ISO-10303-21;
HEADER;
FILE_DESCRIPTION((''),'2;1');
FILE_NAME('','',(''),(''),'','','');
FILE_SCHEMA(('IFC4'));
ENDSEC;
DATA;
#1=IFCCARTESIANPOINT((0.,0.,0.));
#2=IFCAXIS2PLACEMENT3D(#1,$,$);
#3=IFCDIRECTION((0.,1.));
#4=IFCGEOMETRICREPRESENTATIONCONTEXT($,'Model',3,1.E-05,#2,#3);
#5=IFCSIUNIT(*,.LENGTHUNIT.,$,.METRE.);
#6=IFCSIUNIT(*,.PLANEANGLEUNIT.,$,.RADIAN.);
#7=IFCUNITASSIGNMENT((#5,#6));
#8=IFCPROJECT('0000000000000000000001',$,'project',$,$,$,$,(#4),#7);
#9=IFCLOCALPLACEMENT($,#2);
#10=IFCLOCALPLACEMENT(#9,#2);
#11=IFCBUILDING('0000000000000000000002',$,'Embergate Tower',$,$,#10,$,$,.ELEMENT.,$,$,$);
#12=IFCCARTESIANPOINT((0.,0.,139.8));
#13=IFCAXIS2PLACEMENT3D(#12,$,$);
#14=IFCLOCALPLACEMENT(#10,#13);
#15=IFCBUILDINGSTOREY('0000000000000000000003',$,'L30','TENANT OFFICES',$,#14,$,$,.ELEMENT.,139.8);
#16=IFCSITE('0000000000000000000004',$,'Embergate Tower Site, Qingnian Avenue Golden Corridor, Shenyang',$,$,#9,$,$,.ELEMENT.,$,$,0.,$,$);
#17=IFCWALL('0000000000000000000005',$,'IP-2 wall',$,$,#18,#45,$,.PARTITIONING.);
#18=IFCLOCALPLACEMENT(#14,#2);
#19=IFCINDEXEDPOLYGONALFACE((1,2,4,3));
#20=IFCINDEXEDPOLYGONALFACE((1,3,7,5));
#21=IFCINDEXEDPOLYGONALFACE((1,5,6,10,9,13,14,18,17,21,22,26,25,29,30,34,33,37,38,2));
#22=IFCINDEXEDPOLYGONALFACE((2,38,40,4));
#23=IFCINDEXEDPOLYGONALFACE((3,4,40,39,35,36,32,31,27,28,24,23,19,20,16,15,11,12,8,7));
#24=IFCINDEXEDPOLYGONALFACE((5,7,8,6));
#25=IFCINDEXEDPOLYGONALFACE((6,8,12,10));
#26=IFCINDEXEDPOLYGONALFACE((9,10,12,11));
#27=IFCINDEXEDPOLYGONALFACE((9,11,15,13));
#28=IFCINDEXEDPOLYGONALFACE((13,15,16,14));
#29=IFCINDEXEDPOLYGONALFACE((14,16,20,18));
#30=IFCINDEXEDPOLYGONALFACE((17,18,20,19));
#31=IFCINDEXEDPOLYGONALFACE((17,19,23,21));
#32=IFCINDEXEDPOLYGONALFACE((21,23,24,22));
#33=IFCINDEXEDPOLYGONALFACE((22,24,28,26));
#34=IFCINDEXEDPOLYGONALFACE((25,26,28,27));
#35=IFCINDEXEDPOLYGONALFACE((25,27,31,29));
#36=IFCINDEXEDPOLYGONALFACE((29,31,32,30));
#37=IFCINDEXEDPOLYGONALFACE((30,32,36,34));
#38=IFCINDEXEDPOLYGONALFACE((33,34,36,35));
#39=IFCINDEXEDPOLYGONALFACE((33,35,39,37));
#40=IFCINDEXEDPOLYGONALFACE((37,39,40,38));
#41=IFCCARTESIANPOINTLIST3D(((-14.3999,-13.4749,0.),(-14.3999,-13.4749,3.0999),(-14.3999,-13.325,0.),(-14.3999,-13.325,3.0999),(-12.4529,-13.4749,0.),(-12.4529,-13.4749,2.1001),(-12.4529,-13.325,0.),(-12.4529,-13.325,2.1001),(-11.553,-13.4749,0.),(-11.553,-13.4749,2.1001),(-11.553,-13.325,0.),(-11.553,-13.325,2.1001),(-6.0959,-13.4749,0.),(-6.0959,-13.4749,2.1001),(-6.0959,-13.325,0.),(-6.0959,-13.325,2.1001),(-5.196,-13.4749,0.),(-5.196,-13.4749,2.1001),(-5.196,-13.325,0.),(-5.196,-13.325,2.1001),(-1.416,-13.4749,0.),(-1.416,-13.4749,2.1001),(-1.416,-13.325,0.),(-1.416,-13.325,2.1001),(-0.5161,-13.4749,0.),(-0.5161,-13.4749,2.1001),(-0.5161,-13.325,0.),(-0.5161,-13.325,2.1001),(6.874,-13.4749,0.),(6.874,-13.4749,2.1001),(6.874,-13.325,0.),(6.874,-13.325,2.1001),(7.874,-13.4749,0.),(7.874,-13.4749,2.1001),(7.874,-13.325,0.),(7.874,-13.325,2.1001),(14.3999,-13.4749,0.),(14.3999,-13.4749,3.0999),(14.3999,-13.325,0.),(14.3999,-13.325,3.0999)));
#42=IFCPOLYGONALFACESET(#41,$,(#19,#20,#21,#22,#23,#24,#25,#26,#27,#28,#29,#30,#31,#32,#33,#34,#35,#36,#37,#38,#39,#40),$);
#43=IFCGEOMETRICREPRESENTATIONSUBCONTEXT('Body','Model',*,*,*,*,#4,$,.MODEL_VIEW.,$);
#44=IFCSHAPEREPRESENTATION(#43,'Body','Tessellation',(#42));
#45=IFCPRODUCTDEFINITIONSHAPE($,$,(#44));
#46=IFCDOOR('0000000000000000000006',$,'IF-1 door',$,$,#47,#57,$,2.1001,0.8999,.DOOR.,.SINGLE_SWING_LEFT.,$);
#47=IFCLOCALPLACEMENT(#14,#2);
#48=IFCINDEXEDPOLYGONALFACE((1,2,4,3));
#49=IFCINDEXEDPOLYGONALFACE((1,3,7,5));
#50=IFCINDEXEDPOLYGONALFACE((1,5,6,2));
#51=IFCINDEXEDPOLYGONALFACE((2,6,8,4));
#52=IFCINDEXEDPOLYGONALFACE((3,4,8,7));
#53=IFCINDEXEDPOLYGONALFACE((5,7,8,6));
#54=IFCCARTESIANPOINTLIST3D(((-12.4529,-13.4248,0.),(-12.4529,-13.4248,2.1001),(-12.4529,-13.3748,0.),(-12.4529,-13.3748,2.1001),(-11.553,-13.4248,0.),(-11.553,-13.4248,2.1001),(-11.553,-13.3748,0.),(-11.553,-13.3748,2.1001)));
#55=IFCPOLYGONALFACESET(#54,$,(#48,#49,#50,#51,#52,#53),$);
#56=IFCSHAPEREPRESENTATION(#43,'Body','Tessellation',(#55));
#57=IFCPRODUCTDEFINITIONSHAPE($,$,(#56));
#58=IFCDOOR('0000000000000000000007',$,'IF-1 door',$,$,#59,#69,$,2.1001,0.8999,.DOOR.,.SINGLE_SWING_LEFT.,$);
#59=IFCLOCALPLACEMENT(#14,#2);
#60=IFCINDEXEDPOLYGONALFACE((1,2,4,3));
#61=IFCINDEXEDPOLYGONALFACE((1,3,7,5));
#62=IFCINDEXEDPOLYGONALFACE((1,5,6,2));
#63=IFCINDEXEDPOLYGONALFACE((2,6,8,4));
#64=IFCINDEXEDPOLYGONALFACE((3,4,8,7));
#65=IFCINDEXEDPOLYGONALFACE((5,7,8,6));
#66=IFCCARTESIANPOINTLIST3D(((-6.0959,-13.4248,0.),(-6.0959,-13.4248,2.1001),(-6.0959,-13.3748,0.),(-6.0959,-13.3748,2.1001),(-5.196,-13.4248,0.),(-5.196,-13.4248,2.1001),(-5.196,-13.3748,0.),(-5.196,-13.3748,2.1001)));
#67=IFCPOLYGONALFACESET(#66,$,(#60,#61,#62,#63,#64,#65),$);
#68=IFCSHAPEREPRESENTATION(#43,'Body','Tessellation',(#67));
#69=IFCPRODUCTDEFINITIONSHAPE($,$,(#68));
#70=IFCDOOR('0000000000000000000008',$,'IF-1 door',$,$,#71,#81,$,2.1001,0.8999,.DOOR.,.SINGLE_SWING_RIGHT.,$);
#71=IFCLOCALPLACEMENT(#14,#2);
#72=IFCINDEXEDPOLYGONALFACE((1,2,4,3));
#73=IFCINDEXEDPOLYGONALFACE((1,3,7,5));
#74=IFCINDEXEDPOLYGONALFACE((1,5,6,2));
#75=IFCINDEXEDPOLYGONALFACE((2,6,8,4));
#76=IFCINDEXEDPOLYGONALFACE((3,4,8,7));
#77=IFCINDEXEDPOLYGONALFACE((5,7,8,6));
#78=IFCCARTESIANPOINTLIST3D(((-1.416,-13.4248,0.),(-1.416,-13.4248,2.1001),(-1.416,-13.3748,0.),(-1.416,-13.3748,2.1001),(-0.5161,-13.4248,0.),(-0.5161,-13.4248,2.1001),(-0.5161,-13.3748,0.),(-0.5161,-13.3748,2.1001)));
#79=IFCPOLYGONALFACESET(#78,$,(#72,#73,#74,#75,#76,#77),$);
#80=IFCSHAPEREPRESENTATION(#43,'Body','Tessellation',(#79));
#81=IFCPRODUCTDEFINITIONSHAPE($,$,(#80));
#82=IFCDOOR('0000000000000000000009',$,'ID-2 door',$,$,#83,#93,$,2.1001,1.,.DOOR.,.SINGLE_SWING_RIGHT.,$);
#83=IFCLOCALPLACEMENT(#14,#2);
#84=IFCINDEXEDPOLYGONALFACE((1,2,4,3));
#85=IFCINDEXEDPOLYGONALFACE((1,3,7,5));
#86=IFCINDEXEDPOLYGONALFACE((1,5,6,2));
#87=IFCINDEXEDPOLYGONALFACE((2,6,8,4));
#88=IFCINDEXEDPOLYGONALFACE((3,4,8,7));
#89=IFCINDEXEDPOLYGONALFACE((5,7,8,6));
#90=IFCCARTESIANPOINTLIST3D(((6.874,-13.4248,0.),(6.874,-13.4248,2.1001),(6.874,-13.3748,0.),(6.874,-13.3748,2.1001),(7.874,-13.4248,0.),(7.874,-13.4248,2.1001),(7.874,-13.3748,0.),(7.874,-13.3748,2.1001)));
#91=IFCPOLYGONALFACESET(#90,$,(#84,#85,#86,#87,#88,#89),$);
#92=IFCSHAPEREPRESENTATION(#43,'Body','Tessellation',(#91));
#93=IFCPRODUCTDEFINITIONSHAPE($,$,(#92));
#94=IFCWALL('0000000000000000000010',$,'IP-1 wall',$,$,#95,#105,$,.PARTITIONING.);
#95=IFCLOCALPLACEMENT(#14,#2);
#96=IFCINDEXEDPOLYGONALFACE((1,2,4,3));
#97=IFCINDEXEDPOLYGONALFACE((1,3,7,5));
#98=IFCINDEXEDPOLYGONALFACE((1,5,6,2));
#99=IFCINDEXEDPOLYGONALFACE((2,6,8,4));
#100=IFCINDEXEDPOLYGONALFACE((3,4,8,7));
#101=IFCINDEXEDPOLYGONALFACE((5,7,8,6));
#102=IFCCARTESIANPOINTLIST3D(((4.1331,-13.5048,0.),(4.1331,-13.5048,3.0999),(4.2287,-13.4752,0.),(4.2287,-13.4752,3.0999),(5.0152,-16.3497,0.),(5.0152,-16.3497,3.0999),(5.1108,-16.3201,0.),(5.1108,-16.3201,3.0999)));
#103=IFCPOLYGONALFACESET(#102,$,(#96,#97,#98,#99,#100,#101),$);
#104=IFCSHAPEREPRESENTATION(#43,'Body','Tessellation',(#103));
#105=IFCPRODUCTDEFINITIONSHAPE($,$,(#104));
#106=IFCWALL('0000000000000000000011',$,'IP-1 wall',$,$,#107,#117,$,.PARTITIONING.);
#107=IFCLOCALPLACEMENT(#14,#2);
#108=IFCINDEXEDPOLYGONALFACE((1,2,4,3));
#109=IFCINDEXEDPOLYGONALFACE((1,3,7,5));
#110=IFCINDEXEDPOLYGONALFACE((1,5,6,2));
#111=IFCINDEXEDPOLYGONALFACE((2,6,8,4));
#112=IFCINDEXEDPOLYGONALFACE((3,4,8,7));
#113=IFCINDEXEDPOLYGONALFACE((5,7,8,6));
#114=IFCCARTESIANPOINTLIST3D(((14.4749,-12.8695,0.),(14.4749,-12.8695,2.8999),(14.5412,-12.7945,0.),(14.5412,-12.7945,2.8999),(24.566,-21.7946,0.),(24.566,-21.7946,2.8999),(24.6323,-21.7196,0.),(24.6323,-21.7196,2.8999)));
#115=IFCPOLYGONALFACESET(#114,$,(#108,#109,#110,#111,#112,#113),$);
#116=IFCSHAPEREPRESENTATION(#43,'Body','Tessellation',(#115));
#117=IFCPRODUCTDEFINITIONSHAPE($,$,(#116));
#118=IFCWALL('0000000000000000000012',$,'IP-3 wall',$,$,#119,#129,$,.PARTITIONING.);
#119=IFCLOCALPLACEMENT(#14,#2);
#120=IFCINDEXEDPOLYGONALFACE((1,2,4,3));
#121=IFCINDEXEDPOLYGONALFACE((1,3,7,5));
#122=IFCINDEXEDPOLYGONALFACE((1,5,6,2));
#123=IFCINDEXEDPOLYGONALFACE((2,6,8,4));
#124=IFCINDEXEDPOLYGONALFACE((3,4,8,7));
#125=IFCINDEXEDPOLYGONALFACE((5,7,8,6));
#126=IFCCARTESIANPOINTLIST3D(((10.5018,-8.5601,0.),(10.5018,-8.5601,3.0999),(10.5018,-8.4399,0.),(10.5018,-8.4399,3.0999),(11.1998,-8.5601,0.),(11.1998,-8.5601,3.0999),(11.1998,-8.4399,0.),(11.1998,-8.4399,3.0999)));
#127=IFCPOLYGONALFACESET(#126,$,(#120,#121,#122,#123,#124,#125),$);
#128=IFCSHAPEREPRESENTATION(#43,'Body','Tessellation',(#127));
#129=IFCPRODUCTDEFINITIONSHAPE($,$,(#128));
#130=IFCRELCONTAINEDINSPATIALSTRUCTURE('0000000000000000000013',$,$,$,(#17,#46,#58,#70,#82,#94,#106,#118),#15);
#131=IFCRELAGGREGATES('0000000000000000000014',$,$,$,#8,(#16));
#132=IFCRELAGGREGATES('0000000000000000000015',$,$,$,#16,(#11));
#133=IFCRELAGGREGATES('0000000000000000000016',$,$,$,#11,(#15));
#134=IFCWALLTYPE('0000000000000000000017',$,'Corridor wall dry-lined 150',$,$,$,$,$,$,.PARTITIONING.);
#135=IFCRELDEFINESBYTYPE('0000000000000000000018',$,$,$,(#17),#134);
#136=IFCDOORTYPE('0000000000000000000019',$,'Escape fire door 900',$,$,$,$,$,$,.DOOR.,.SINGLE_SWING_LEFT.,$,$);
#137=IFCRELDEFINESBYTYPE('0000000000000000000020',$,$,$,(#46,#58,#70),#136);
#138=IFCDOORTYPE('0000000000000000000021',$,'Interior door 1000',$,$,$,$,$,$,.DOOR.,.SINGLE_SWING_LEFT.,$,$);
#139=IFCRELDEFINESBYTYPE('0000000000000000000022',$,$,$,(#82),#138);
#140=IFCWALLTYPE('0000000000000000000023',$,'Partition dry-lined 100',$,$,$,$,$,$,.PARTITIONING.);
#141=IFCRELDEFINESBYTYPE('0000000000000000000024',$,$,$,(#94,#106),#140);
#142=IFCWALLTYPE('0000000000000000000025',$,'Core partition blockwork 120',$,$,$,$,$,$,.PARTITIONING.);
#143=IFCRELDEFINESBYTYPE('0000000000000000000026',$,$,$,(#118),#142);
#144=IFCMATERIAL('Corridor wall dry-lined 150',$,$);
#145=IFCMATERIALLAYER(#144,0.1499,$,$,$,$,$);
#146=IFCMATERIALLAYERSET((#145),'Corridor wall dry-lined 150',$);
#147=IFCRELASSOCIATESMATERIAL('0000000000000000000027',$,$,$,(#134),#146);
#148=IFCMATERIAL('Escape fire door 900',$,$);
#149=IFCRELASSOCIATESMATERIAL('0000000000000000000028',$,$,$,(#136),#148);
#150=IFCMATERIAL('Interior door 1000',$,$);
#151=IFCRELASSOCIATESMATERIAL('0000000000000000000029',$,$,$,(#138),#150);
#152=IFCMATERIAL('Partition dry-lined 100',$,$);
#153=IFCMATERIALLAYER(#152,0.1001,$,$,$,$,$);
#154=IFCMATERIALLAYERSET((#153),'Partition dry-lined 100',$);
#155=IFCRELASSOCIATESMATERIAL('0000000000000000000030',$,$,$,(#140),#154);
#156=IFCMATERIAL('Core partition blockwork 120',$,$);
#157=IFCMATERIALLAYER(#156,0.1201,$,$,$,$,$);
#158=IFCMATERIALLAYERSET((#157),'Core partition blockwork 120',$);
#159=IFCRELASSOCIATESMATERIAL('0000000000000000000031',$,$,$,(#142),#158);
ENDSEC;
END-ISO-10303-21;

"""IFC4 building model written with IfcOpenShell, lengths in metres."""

from ifc_helpers import new_model, si_unit, direction, frame, frame_2d, origin, place, context, subcontext, project, spatial, rectangle, extrude, source, transform, mapped, material, layer, layer_set, type_object, element, fill, save


model = new_model("IFC4")

# Units and contexts
model_context = context("Model", 3, precision=1e-05, world=origin(), true_north=direction((0.0, 1.0)))
body_context = subcontext(model_context, "Body", "Model", "MODEL_VIEW")
ifc_project = project(units=[si_unit("LENGTHUNIT", "METRE"), si_unit("PLANEANGLEUNIT", "RADIAN")], contexts=[model_context])

# Site, building, storey
site_placement = place(None, origin())
site = spatial("IfcSite", under=ifc_project, at=site_placement, Name="Embergate Tower Site, Qingnian Avenue Golden Corridor, Shenyang", CompositionType="ELEMENT", RefElevation=0.0)
building_placement = place(site_placement, origin())
building = spatial("IfcBuilding", under=site, at=building_placement, Name="Embergate Tower", CompositionType="ELEMENT")
storey_placement = place(building_placement, frame((0.0, 0.0, 139.8)))
storey = spatial("IfcBuildingStorey", under=building, at=storey_placement, Name="L30", Description="TENANT OFFICES", CompositionType="ELEMENT", Elevation=139.8)

# Wall, openings, doors
shared_shape_1 = source(origin(), body_context, "Body", "SweptSolid", [
    extrude(rectangle(XDim=1.0, YDim=2.1001, at=frame_2d((0.5, 1.05))), frame((0.0, 0.0249, 0.0), z_axis=(0.0, -1.0, 0.0), x_axis=(1.0, 0.0, 0.0)), (0.0, 0.0, 1.0), 0.05),
])
ifc_material_1 = material(Name="Corridor wall dry-lined 150")
ifc_layer_1 = layer(ifc_material_1, 0.1499)
ifc_layer_set_1 = layer_set([ifc_layer_1], Name="Corridor wall dry-lined 150")
wall_type_1 = type_object("IfcWallType", Name="Corridor wall dry-lined 150", PredefinedType="PARTITIONING", material=ifc_layer_set_1)
shared_shape_2 = source(origin(), body_context, "Body", "SweptSolid", [
    extrude(rectangle(XDim=28.7998, YDim=0.1499, at=frame_2d((14.3999, 0.0))), origin(), (0.0, 0.0, 1.0), 3.0999),
])
wall_1_placement = place(storey_placement, frame((14.3999, -13.3999, 0.0), z_axis=(0.0, 0.0, 1.0), x_axis=(-1.0, 0.0, 0.0)))
wall_1 = element("IfcWall", 1, at=wall_1_placement, inside=storey, type_object=wall_type_1, Name="IP-2 wall", PredefinedType="PARTITIONING", context=body_context, shape_type="MappedRepresentation", body=[
    mapped(shared_shape_2, transform((0.0, 0.0, 0.0))),
])
shared_shape_3 = source(origin(), body_context, "Body", "SweptSolid", [
    extrude(rectangle(XDim=0.8999, YDim=2.1001, at=frame_2d((0.45, 1.05))), frame((0.0, 0.085, 0.0), z_axis=(0.0, -1.0, 0.0), x_axis=(1.0, 0.0, 0.0)), (0.0, 0.0, 1.0), 0.1699),
])
opening_1_placement = place(wall_1_placement, frame((25.9529, 0.0, 0.0)))
opening_1 = element("IfcOpeningElement", 2, at=opening_1_placement, cuts=wall_1, PredefinedType="OPENING", context=body_context, shape_type="MappedRepresentation", body=[
    mapped(shared_shape_3, transform((0.0, 0.0, 0.0))),
])
opening_2_placement = place(wall_1_placement, frame((19.5959, 0.0, 0.0)))
opening_2 = element("IfcOpeningElement", 3, at=opening_2_placement, cuts=wall_1, PredefinedType="OPENING", context=body_context, shape_type="MappedRepresentation", body=[
    mapped(shared_shape_3, transform((0.0, 0.0, 0.0))),
])
opening_3_placement = place(wall_1_placement, frame((14.916, 0.0, 0.0)))
opening_3 = element("IfcOpeningElement", 4, at=opening_3_placement, cuts=wall_1, PredefinedType="OPENING", context=body_context, shape_type="MappedRepresentation", body=[
    mapped(shared_shape_3, transform((0.0, 0.0, 0.0))),
])
shared_shape_4 = source(origin(), body_context, "Body", "SweptSolid", [
    extrude(rectangle(XDim=1.0, YDim=2.1001, at=frame_2d((0.5, 1.05))), frame((0.0, 0.085, 0.0), z_axis=(0.0, -1.0, 0.0), x_axis=(1.0, 0.0, 0.0)), (0.0, 0.0, 1.0), 0.1699),
])
opening_4_placement = place(wall_1_placement, frame((6.5259, 0.0, 0.0)))
opening_4 = element("IfcOpeningElement", 5, at=opening_4_placement, cuts=wall_1, PredefinedType="OPENING", context=body_context, shape_type="MappedRepresentation", body=[
    mapped(shared_shape_4, transform((0.0, 0.0, 0.0))),
])
ifc_material_2 = material(Name="Escape fire door 900")
door_type_1 = type_object("IfcDoorType", Name="Escape fire door 900", OperationType="SINGLE_SWING_LEFT", PredefinedType="DOOR", material=ifc_material_2)
shared_shape_5 = source(origin(), body_context, "Body", "SweptSolid", [
    extrude(rectangle(XDim=0.8999, YDim=2.1001, at=frame_2d((0.45, 1.05))), frame((0.0, 0.0249, 0.0), z_axis=(0.0, -1.0, 0.0), x_axis=(1.0, 0.0, 0.0)), (0.0, 0.0, 1.0), 0.05),
])
door_1_placement = place(opening_1_placement, origin())
door_1 = element("IfcDoor", 6, at=door_1_placement, inside=storey, type_object=door_type_1, Name="IF-1 door", OperationType="SINGLE_SWING_LEFT", OverallHeight=2.1001, OverallWidth=0.8999, PredefinedType="DOOR", context=body_context, shape_type="MappedRepresentation", body=[
    mapped(shared_shape_5, transform((0.0, 0.0, 0.0))),
])
fill(opening_1, door_1)
door_2_placement = place(opening_2_placement, origin())
door_2 = element("IfcDoor", 7, at=door_2_placement, inside=storey, type_object=door_type_1, Name="IF-1 door", OperationType="SINGLE_SWING_LEFT", OverallHeight=2.1001, OverallWidth=0.8999, PredefinedType="DOOR", context=body_context, shape_type="MappedRepresentation", body=[
    mapped(shared_shape_5, transform((0.0, 0.0, 0.0))),
])
fill(opening_2, door_2)
door_3_placement = place(opening_3_placement, origin())
door_3 = element("IfcDoor", 8, at=door_3_placement, inside=storey, type_object=door_type_1, Name="IF-1 door", OperationType="SINGLE_SWING_RIGHT", OverallHeight=2.1001, OverallWidth=0.8999, PredefinedType="DOOR", context=body_context, shape_type="MappedRepresentation", body=[
    mapped(shared_shape_5, transform((0.0, 0.0, 0.0))),
])
fill(opening_3, door_3)
ifc_material_3 = material(Name="Interior door 1000")
door_type_2 = type_object("IfcDoorType", Name="Interior door 1000", OperationType="SINGLE_SWING_LEFT", PredefinedType="DOOR", material=ifc_material_3)
door_4_placement = place(opening_4_placement, origin())
door_4 = element("IfcDoor", 9, at=door_4_placement, inside=storey, type_object=door_type_2, Name="ID-2 door", OperationType="SINGLE_SWING_RIGHT", OverallHeight=2.1001, OverallWidth=1.0, PredefinedType="DOOR", context=body_context, shape_type="MappedRepresentation", body=[
    mapped(shared_shape_1, transform((0.0, 0.0, 0.0))),
])
fill(opening_4, door_4)

# Walls
ifc_material_4 = material(Name="Partition dry-lined 100")
ifc_layer_2 = layer(ifc_material_4, 0.1001)
ifc_layer_set_2 = layer_set([ifc_layer_2], Name="Partition dry-lined 100")
wall_type_2 = type_object("IfcWallType", Name="Partition dry-lined 100", PredefinedType="PARTITIONING", material=ifc_layer_set_2)
shared_shape_6 = source(origin(), body_context, "Body", "SweptSolid", [
    extrude(rectangle(XDim=2.9785, YDim=0.1001, at=frame_2d((1.4893, 0.0))), origin(), (0.0, 0.0, 1.0), 3.0999),
])
wall_2_placement = place(storey_placement, frame((4.1809, -13.49, 0.0), z_axis=(0.0, 0.0, 1.0), x_axis=(0.296141, -0.955144, 0.0)))
element("IfcWall", 10, at=wall_2_placement, inside=storey, type_object=wall_type_2, Name="IP-1 wall", PredefinedType="PARTITIONING", context=body_context, shape_type="MappedRepresentation", body=[
    mapped(shared_shape_6, transform((0.0, 0.0, 0.0))),
])
shared_shape_7 = source(origin(), body_context, "Body", "SweptSolid", [
    extrude(rectangle(XDim=13.4717, YDim=0.1001, at=frame_2d((6.7358, 0.0))), origin(), (0.0, 0.0, 1.0), 2.8999),
])
wall_3_placement = place(storey_placement, frame((14.5081, -12.832, 0.0), z_axis=(0.0, 0.0, 1.0), x_axis=(0.749058, -0.662505, 0.0)))
element("IfcWall", 11, at=wall_3_placement, inside=storey, type_object=wall_type_2, Name="IP-1 wall", PredefinedType="PARTITIONING", context=body_context, shape_type="MappedRepresentation", body=[
    mapped(shared_shape_7, transform((0.0, 0.0, 0.0))),
])
ifc_material_5 = material(Name="Core partition blockwork 120")
ifc_layer_3 = layer(ifc_material_5, 0.1201)
ifc_layer_set_3 = layer_set([ifc_layer_3], Name="Core partition blockwork 120")
wall_type_3 = type_object("IfcWallType", Name="Core partition blockwork 120", PredefinedType="PARTITIONING", material=ifc_layer_set_3)
shared_shape_8 = source(origin(), body_context, "Body", "SweptSolid", [
    extrude(rectangle(XDim=0.698, YDim=0.1201, at=frame_2d((0.3491, 0.0))), origin(), (0.0, 0.0, 1.0), 3.0999),
])
wall_4_placement = place(storey_placement, frame((11.2, -8.5, 0.0), z_axis=(0.0, 0.0, 1.0), x_axis=(-1.0, 0.0, 0.0)))
element("IfcWall", 12, at=wall_4_placement, inside=storey, type_object=wall_type_3, Name="IP-3 wall", PredefinedType="PARTITIONING", context=body_context, shape_type="MappedRepresentation", body=[
    mapped(shared_shape_8, transform((0.0, 0.0, 0.0))),
])

save(model, "model.ifc")
